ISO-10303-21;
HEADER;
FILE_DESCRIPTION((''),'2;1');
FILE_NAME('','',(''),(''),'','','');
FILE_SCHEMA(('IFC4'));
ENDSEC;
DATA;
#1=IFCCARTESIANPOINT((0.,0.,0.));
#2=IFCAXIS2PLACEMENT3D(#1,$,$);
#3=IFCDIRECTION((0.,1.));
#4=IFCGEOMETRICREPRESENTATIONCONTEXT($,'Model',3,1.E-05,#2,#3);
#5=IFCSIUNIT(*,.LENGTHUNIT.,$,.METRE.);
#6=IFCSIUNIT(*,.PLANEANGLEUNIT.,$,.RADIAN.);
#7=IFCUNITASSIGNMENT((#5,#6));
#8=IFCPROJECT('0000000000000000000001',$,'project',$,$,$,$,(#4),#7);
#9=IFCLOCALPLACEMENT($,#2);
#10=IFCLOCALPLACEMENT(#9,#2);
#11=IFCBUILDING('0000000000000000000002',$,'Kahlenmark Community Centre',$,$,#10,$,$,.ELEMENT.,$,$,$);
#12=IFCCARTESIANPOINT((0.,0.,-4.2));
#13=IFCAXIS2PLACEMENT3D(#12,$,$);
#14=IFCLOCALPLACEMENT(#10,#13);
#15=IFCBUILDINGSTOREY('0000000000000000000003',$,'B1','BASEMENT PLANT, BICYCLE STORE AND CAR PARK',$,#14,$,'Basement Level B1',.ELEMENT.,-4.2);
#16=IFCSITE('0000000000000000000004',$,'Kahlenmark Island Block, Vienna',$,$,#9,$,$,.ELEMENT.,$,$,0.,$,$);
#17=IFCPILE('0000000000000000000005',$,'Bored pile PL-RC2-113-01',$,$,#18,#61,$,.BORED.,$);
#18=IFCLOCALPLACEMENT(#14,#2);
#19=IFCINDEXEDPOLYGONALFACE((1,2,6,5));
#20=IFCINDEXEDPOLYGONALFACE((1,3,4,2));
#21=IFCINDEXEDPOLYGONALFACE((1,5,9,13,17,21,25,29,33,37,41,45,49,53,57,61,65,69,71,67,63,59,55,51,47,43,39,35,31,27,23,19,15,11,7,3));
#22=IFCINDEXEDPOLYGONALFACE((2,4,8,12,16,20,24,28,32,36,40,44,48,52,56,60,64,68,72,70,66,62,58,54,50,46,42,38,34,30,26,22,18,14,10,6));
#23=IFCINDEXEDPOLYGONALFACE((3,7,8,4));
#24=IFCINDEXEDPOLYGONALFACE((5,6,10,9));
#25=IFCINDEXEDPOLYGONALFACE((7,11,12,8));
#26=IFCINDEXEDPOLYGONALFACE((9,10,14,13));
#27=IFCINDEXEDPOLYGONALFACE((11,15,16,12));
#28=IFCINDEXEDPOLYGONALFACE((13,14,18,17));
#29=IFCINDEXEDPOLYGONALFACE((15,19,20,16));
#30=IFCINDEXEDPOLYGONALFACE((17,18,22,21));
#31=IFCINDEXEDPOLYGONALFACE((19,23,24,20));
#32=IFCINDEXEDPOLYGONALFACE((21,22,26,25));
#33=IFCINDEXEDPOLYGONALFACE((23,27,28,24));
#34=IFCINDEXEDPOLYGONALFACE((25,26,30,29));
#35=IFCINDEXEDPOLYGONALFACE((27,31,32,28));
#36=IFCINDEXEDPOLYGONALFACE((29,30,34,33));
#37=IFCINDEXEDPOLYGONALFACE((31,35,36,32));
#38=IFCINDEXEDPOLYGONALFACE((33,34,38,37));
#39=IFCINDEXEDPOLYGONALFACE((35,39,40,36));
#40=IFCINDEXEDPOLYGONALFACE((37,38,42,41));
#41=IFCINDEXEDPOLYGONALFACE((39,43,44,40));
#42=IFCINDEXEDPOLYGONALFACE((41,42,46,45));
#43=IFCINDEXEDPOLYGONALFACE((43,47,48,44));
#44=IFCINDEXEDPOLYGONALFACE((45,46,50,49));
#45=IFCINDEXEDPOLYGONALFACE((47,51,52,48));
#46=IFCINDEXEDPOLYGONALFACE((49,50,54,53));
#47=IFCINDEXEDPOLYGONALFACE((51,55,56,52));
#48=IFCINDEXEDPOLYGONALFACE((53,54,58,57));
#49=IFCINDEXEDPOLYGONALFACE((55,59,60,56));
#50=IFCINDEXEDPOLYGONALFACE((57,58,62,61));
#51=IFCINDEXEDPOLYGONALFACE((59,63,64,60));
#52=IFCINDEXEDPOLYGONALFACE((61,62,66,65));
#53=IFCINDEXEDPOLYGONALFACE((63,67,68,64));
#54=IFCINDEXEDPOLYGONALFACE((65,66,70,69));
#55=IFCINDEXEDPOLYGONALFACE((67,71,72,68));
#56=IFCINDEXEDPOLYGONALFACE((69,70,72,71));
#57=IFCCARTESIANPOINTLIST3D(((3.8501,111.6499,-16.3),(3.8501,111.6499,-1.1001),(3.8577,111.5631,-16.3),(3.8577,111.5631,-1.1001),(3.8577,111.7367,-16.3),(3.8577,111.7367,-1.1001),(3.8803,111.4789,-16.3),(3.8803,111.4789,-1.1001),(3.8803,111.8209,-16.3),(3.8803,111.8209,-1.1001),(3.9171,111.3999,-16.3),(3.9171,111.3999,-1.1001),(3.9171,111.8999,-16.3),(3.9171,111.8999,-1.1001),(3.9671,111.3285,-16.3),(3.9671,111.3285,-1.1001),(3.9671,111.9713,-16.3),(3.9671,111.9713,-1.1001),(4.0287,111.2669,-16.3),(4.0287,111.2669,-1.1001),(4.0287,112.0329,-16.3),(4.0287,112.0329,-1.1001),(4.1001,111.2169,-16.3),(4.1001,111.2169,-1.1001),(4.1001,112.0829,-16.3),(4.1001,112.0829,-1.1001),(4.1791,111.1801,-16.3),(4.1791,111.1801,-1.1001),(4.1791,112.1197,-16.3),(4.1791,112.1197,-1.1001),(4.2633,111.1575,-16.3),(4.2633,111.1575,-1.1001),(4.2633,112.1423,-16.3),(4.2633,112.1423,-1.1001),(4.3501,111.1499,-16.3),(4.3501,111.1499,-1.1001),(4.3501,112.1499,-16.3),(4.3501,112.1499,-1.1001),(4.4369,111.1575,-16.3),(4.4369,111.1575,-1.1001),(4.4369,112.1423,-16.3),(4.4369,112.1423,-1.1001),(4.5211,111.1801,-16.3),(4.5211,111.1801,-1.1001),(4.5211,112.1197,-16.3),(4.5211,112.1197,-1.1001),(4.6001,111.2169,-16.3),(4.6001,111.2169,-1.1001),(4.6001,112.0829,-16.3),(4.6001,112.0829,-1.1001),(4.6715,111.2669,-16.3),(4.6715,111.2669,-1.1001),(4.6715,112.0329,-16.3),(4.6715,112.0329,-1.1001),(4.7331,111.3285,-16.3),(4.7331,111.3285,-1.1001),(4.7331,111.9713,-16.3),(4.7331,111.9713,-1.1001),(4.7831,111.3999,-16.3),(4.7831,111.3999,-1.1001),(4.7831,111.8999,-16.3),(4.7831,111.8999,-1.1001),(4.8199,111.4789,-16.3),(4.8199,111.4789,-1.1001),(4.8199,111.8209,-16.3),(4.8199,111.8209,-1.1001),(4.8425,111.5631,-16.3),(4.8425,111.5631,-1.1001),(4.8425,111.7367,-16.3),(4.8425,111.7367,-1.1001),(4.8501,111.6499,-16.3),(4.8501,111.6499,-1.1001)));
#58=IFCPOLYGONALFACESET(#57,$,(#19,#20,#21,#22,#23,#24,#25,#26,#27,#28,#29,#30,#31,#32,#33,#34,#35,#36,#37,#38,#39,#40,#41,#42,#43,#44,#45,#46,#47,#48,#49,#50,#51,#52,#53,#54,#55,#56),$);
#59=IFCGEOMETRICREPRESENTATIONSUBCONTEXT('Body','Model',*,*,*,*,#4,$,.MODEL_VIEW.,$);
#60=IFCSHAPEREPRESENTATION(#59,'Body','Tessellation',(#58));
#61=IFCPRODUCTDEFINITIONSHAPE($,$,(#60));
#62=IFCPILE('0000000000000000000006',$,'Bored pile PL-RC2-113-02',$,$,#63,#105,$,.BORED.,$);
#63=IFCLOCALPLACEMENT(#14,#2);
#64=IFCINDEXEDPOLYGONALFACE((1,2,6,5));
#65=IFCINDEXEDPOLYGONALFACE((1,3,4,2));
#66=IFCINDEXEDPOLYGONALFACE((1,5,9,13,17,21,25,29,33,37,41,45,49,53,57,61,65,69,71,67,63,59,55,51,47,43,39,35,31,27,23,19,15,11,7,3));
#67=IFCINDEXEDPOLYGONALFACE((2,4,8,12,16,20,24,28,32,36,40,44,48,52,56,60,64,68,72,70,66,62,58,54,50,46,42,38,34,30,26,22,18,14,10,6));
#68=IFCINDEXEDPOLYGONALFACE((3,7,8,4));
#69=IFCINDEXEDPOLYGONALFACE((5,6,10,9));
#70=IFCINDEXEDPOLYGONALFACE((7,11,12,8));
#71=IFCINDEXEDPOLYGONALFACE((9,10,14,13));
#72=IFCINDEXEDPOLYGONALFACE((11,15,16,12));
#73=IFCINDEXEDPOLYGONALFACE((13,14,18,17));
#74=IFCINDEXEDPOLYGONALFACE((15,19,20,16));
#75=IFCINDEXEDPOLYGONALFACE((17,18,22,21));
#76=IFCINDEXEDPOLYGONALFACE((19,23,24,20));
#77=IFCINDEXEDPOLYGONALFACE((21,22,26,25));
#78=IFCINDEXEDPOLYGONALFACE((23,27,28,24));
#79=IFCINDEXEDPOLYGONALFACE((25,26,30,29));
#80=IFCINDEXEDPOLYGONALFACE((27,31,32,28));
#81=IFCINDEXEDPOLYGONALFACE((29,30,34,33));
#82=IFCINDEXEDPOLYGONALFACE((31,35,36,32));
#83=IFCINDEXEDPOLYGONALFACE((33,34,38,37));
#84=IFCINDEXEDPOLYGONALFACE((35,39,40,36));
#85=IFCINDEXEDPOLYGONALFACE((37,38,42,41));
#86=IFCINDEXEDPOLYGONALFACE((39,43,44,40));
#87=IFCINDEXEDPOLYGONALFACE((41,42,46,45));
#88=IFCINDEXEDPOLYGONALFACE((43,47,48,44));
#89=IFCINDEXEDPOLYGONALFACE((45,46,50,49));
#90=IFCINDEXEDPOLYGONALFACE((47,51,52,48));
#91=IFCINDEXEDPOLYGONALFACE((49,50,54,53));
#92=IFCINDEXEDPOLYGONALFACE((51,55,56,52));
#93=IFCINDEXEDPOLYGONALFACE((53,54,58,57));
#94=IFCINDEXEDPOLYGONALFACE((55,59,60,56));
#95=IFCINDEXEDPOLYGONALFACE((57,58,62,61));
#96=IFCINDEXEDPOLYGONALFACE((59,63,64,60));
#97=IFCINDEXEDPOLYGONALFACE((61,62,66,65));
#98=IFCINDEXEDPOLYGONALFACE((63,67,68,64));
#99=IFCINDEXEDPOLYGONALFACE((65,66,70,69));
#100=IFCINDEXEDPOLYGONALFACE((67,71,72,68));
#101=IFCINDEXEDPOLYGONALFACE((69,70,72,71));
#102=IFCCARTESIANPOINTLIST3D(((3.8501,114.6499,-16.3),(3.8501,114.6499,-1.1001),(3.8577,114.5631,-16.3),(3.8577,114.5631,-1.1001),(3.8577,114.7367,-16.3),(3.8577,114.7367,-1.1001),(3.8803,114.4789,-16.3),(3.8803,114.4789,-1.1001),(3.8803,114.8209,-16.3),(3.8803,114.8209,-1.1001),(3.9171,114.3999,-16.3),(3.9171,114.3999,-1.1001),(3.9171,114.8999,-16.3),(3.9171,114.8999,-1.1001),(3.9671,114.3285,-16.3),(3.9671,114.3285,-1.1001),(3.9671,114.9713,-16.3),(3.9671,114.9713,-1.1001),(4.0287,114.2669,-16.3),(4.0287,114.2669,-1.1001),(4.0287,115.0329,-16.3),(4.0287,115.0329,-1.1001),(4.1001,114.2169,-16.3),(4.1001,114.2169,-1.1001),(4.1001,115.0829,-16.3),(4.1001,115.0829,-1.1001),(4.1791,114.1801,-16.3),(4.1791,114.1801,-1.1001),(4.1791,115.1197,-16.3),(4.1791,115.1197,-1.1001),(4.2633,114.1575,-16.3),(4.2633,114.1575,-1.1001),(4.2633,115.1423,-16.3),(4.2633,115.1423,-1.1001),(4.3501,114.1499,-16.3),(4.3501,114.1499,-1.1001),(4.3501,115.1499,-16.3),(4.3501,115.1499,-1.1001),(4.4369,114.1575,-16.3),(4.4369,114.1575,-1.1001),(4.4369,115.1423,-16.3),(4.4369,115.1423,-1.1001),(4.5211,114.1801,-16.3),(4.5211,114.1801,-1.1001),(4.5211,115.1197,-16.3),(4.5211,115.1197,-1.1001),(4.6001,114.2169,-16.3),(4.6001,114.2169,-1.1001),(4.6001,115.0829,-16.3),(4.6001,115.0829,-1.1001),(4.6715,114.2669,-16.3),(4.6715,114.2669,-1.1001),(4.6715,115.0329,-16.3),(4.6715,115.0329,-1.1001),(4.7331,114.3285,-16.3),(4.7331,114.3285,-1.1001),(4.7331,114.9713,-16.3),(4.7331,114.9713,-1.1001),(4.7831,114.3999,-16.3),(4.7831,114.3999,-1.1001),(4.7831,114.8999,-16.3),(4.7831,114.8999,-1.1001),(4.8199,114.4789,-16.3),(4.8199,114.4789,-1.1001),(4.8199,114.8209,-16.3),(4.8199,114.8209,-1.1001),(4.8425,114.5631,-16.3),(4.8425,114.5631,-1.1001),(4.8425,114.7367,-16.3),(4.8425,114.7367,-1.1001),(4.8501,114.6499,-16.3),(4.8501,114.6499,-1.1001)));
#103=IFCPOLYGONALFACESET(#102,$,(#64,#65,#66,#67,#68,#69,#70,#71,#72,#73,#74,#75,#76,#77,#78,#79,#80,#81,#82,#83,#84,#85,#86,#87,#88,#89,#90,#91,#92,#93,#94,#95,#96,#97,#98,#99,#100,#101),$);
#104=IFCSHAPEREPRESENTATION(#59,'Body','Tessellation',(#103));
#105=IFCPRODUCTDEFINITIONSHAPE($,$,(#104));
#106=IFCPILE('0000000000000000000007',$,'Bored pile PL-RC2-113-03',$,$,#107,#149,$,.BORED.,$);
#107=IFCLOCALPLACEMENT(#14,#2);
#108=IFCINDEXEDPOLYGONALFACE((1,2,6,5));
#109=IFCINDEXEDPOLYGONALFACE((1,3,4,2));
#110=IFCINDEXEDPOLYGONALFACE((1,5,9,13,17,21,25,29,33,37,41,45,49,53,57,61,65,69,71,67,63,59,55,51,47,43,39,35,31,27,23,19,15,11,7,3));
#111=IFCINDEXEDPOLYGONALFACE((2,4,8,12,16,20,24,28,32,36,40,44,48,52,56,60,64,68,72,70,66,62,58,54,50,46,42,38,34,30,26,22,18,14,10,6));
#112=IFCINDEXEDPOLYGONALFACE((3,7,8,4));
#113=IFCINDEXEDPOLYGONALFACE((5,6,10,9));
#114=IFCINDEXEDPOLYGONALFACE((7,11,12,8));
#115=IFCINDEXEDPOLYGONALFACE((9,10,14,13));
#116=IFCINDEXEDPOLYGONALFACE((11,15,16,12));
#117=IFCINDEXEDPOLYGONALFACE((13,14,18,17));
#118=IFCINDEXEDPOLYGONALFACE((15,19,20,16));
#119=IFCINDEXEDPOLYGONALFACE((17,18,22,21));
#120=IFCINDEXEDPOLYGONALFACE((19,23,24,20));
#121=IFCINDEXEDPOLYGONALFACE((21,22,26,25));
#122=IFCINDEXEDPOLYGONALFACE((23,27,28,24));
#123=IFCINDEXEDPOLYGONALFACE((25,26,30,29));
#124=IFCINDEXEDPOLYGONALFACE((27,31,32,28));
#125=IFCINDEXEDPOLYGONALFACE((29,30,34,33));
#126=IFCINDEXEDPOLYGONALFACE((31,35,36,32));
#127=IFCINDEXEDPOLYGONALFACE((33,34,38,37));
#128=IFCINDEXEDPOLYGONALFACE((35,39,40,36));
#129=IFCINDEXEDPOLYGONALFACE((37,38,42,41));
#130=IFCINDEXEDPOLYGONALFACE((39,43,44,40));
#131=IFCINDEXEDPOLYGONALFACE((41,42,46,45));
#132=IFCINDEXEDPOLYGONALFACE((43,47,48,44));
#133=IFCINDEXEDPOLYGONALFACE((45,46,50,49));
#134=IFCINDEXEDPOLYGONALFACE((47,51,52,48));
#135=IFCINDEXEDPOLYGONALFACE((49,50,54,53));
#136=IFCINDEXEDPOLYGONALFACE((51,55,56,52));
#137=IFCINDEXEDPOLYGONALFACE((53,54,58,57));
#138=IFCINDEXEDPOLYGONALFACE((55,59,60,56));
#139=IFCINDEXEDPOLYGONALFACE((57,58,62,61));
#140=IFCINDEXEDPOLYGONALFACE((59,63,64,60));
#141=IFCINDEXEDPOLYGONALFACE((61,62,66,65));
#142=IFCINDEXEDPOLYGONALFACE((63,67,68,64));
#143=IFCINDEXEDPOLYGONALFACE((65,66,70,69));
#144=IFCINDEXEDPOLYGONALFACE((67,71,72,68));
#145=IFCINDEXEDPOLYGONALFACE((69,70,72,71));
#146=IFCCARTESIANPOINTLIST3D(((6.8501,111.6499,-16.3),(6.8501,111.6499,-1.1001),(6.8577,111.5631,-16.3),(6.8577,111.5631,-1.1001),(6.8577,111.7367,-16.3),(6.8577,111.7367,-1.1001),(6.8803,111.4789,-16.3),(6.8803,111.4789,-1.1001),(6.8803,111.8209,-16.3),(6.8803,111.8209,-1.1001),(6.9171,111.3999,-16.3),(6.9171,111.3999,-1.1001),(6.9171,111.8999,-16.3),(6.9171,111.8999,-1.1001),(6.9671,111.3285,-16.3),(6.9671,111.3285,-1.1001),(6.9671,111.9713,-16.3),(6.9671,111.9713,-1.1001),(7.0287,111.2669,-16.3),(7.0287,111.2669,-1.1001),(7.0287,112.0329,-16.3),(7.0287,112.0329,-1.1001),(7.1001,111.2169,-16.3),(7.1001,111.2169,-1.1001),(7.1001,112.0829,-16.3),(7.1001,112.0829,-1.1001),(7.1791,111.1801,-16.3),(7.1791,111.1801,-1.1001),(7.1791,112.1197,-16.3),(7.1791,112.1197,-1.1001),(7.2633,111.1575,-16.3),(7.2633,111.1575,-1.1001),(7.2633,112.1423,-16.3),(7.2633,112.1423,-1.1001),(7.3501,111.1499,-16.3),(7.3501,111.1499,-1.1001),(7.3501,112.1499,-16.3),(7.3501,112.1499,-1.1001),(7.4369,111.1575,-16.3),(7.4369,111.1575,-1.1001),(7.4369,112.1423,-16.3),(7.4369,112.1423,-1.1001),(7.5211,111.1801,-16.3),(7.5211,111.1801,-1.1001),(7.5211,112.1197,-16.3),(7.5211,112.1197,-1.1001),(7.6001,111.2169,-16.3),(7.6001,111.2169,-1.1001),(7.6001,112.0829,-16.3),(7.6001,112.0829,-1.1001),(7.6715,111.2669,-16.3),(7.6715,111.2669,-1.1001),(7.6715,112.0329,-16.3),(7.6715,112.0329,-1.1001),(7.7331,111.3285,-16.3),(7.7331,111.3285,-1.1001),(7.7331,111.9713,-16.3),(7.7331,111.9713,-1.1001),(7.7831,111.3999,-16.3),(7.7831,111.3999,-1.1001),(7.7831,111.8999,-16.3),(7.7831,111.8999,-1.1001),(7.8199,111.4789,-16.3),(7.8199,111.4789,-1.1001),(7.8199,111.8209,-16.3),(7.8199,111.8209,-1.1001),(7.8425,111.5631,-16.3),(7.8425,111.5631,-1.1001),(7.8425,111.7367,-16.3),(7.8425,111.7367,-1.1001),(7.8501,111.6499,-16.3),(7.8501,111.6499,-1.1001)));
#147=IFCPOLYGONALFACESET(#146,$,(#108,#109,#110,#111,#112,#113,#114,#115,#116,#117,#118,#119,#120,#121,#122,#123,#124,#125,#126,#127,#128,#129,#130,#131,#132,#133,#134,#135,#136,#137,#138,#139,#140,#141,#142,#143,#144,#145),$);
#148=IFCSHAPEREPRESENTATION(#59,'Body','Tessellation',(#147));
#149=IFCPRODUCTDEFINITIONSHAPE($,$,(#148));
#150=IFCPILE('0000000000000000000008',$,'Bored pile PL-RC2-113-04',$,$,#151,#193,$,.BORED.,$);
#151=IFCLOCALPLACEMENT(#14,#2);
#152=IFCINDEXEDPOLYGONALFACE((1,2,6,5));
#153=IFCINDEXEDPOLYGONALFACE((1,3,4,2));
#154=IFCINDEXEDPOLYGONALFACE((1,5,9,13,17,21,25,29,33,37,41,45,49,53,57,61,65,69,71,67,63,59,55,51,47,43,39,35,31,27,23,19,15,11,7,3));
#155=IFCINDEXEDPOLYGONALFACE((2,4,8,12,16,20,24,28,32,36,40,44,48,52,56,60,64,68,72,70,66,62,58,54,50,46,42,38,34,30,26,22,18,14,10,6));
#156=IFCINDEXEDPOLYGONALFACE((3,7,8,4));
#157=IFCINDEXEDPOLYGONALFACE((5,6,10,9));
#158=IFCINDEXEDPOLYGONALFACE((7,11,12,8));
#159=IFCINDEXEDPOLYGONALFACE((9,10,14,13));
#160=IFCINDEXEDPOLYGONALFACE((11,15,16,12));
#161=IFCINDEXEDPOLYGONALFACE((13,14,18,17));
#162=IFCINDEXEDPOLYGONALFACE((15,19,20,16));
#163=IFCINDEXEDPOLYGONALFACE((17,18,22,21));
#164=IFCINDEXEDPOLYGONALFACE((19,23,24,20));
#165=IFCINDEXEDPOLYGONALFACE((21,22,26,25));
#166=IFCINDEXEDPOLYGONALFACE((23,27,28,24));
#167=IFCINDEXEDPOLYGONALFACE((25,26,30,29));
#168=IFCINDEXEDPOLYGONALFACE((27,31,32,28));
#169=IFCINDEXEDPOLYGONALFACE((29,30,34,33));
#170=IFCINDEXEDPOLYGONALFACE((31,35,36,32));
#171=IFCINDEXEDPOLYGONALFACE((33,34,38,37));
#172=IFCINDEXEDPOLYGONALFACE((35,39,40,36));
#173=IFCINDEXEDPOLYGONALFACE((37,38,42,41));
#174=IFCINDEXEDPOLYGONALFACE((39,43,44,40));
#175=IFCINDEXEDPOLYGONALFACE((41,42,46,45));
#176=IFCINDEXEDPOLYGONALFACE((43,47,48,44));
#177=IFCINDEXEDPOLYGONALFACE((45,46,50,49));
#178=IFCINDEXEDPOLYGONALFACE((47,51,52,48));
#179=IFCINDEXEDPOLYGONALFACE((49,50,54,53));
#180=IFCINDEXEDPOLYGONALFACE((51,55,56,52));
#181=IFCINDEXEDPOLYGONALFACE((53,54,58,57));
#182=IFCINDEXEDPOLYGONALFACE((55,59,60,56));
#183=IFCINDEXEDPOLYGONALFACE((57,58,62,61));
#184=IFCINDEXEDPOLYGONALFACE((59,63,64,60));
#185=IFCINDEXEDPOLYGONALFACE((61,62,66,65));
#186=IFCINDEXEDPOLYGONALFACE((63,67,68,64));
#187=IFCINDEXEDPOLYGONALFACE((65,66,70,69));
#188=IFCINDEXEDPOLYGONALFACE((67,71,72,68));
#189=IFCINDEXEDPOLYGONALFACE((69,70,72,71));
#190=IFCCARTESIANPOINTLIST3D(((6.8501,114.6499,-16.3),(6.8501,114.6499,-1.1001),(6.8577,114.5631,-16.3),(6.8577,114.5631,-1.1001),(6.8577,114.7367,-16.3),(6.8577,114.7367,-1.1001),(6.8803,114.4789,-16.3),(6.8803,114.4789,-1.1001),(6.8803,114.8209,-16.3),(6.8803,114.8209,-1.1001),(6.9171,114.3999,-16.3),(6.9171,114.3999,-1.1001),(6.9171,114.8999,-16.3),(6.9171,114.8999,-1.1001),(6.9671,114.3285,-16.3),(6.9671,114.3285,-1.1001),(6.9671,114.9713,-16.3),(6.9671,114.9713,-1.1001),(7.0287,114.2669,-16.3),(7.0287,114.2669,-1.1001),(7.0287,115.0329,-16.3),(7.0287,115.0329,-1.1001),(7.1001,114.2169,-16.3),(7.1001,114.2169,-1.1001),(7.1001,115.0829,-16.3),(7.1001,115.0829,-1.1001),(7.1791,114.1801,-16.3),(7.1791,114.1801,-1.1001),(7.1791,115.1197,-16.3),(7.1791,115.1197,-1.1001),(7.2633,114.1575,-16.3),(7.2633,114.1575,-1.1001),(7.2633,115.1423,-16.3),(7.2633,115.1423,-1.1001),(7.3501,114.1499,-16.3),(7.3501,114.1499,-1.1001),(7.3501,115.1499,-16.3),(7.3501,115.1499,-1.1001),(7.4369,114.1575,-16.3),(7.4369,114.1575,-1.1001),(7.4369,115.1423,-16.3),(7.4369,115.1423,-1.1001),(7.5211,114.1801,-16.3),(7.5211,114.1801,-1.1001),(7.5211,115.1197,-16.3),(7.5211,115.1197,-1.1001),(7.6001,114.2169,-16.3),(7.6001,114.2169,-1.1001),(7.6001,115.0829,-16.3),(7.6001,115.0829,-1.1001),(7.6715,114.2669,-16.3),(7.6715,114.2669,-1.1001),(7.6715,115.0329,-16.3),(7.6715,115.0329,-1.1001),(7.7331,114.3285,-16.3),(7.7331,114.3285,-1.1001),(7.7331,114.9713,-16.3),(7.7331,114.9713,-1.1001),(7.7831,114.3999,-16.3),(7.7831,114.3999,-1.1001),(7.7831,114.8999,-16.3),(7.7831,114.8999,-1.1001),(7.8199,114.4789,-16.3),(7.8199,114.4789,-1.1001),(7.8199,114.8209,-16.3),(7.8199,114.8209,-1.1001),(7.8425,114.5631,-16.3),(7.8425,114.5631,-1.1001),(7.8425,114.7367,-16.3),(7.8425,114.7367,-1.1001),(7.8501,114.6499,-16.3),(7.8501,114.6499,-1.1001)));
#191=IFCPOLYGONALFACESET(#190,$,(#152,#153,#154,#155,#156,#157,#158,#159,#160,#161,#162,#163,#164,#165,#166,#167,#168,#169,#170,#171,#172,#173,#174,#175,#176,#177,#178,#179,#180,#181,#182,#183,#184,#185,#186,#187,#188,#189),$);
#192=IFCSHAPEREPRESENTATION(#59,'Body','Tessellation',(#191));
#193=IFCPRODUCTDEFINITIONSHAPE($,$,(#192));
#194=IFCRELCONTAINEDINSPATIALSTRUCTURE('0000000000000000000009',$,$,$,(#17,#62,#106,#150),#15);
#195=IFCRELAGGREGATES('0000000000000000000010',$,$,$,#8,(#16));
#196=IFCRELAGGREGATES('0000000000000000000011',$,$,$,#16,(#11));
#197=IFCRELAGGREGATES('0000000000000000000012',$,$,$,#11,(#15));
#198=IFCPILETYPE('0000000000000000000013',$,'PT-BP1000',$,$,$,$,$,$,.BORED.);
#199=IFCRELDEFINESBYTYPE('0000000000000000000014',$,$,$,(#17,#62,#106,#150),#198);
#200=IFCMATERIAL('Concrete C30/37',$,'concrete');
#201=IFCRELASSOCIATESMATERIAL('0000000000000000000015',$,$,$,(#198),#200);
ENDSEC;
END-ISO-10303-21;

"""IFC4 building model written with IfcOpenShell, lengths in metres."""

from ifc_helpers import new_model, si_unit, direction, frame, origin, origin_2d, place, context, subcontext, project, spatial, circle, extrude, material, material_profile, profile_set, type_object, element, save


model = new_model("IFC4")

# Units and contexts
model_context = context("Model", 3, precision=1e-05, world=origin(), true_north=direction((0.0, 1.0)))
body_context = subcontext(model_context, "Body", "Model", "MODEL_VIEW")
ifc_project = project(units=[si_unit("LENGTHUNIT", "METRE"), si_unit("PLANEANGLEUNIT", "RADIAN")], contexts=[model_context])

# Site, building, storey
site_placement = place(None, origin())
site = spatial("IfcSite", under=ifc_project, at=site_placement, Name="Kahlenmark Island Block, Vienna", CompositionType="ELEMENT", RefElevation=0.0)
building_placement = place(site_placement, origin())
building = spatial("IfcBuilding", under=site, at=building_placement, Name="Kahlenmark Community Centre", CompositionType="ELEMENT")
storey_placement = place(building_placement, frame((0.0, 0.0, -4.2)))
storey = spatial("IfcBuildingStorey", under=building, at=storey_placement, Name="B1", Description="BASEMENT PLANT, BICYCLE STORE AND CAR PARK", LongName="Basement Level B1", CompositionType="ELEMENT", Elevation=-4.2)

# Shared definitions
ifc_material_1 = material(Name="Concrete C30/37", Category="concrete")

# Piles
ifc_material_profile_1 = material_profile(ifc_material_1, circle(Radius=0.5, at=origin_2d()), Name="BORED PILE 1000")
ifc_profile_set_1 = profile_set([ifc_material_profile_1], Name="Concrete C30/37")
pile_type_1 = type_object("IfcPileType", Name="PT-BP1000", PredefinedType="BORED", material=ifc_profile_set_1)
for number, where, z_axis, x_axis, name in (
    (1, (4.3501, 111.6499, -1.1001), (0.0, 0.0, -1.0), (1.0, 0.0, 0.0), "Bored pile PL-RC2-113-01"),
    (2, (4.3501, 114.6499, -1.1001), (0.0, 0.0, -1.0), (1.0, 0.0, 0.0), "Bored pile PL-RC2-113-02"),
    (3, (7.3501, 111.6499, -1.1001), (0.0, 0.0, -1.0), (1.0, 0.0, 0.0), "Bored pile PL-RC2-113-03"),
    (4, (7.3501, 114.6499, -1.1001), (0.0, 0.0, -1.0), (1.0, 0.0, 0.0), "Bored pile PL-RC2-113-04"),
):
    element("IfcPile", number, at=place(storey_placement, frame(where, z_axis=z_axis, x_axis=x_axis)), inside=storey, type_object=pile_type_1, Name=name, PredefinedType="BORED", context=body_context, shape_type="SweptSolid", body=[
        extrude(circle(Radius=0.5, at=origin_2d()), origin(), (0.0, 0.0, 1.0), 15.2),
    ])

save(model, "model.ifc")
